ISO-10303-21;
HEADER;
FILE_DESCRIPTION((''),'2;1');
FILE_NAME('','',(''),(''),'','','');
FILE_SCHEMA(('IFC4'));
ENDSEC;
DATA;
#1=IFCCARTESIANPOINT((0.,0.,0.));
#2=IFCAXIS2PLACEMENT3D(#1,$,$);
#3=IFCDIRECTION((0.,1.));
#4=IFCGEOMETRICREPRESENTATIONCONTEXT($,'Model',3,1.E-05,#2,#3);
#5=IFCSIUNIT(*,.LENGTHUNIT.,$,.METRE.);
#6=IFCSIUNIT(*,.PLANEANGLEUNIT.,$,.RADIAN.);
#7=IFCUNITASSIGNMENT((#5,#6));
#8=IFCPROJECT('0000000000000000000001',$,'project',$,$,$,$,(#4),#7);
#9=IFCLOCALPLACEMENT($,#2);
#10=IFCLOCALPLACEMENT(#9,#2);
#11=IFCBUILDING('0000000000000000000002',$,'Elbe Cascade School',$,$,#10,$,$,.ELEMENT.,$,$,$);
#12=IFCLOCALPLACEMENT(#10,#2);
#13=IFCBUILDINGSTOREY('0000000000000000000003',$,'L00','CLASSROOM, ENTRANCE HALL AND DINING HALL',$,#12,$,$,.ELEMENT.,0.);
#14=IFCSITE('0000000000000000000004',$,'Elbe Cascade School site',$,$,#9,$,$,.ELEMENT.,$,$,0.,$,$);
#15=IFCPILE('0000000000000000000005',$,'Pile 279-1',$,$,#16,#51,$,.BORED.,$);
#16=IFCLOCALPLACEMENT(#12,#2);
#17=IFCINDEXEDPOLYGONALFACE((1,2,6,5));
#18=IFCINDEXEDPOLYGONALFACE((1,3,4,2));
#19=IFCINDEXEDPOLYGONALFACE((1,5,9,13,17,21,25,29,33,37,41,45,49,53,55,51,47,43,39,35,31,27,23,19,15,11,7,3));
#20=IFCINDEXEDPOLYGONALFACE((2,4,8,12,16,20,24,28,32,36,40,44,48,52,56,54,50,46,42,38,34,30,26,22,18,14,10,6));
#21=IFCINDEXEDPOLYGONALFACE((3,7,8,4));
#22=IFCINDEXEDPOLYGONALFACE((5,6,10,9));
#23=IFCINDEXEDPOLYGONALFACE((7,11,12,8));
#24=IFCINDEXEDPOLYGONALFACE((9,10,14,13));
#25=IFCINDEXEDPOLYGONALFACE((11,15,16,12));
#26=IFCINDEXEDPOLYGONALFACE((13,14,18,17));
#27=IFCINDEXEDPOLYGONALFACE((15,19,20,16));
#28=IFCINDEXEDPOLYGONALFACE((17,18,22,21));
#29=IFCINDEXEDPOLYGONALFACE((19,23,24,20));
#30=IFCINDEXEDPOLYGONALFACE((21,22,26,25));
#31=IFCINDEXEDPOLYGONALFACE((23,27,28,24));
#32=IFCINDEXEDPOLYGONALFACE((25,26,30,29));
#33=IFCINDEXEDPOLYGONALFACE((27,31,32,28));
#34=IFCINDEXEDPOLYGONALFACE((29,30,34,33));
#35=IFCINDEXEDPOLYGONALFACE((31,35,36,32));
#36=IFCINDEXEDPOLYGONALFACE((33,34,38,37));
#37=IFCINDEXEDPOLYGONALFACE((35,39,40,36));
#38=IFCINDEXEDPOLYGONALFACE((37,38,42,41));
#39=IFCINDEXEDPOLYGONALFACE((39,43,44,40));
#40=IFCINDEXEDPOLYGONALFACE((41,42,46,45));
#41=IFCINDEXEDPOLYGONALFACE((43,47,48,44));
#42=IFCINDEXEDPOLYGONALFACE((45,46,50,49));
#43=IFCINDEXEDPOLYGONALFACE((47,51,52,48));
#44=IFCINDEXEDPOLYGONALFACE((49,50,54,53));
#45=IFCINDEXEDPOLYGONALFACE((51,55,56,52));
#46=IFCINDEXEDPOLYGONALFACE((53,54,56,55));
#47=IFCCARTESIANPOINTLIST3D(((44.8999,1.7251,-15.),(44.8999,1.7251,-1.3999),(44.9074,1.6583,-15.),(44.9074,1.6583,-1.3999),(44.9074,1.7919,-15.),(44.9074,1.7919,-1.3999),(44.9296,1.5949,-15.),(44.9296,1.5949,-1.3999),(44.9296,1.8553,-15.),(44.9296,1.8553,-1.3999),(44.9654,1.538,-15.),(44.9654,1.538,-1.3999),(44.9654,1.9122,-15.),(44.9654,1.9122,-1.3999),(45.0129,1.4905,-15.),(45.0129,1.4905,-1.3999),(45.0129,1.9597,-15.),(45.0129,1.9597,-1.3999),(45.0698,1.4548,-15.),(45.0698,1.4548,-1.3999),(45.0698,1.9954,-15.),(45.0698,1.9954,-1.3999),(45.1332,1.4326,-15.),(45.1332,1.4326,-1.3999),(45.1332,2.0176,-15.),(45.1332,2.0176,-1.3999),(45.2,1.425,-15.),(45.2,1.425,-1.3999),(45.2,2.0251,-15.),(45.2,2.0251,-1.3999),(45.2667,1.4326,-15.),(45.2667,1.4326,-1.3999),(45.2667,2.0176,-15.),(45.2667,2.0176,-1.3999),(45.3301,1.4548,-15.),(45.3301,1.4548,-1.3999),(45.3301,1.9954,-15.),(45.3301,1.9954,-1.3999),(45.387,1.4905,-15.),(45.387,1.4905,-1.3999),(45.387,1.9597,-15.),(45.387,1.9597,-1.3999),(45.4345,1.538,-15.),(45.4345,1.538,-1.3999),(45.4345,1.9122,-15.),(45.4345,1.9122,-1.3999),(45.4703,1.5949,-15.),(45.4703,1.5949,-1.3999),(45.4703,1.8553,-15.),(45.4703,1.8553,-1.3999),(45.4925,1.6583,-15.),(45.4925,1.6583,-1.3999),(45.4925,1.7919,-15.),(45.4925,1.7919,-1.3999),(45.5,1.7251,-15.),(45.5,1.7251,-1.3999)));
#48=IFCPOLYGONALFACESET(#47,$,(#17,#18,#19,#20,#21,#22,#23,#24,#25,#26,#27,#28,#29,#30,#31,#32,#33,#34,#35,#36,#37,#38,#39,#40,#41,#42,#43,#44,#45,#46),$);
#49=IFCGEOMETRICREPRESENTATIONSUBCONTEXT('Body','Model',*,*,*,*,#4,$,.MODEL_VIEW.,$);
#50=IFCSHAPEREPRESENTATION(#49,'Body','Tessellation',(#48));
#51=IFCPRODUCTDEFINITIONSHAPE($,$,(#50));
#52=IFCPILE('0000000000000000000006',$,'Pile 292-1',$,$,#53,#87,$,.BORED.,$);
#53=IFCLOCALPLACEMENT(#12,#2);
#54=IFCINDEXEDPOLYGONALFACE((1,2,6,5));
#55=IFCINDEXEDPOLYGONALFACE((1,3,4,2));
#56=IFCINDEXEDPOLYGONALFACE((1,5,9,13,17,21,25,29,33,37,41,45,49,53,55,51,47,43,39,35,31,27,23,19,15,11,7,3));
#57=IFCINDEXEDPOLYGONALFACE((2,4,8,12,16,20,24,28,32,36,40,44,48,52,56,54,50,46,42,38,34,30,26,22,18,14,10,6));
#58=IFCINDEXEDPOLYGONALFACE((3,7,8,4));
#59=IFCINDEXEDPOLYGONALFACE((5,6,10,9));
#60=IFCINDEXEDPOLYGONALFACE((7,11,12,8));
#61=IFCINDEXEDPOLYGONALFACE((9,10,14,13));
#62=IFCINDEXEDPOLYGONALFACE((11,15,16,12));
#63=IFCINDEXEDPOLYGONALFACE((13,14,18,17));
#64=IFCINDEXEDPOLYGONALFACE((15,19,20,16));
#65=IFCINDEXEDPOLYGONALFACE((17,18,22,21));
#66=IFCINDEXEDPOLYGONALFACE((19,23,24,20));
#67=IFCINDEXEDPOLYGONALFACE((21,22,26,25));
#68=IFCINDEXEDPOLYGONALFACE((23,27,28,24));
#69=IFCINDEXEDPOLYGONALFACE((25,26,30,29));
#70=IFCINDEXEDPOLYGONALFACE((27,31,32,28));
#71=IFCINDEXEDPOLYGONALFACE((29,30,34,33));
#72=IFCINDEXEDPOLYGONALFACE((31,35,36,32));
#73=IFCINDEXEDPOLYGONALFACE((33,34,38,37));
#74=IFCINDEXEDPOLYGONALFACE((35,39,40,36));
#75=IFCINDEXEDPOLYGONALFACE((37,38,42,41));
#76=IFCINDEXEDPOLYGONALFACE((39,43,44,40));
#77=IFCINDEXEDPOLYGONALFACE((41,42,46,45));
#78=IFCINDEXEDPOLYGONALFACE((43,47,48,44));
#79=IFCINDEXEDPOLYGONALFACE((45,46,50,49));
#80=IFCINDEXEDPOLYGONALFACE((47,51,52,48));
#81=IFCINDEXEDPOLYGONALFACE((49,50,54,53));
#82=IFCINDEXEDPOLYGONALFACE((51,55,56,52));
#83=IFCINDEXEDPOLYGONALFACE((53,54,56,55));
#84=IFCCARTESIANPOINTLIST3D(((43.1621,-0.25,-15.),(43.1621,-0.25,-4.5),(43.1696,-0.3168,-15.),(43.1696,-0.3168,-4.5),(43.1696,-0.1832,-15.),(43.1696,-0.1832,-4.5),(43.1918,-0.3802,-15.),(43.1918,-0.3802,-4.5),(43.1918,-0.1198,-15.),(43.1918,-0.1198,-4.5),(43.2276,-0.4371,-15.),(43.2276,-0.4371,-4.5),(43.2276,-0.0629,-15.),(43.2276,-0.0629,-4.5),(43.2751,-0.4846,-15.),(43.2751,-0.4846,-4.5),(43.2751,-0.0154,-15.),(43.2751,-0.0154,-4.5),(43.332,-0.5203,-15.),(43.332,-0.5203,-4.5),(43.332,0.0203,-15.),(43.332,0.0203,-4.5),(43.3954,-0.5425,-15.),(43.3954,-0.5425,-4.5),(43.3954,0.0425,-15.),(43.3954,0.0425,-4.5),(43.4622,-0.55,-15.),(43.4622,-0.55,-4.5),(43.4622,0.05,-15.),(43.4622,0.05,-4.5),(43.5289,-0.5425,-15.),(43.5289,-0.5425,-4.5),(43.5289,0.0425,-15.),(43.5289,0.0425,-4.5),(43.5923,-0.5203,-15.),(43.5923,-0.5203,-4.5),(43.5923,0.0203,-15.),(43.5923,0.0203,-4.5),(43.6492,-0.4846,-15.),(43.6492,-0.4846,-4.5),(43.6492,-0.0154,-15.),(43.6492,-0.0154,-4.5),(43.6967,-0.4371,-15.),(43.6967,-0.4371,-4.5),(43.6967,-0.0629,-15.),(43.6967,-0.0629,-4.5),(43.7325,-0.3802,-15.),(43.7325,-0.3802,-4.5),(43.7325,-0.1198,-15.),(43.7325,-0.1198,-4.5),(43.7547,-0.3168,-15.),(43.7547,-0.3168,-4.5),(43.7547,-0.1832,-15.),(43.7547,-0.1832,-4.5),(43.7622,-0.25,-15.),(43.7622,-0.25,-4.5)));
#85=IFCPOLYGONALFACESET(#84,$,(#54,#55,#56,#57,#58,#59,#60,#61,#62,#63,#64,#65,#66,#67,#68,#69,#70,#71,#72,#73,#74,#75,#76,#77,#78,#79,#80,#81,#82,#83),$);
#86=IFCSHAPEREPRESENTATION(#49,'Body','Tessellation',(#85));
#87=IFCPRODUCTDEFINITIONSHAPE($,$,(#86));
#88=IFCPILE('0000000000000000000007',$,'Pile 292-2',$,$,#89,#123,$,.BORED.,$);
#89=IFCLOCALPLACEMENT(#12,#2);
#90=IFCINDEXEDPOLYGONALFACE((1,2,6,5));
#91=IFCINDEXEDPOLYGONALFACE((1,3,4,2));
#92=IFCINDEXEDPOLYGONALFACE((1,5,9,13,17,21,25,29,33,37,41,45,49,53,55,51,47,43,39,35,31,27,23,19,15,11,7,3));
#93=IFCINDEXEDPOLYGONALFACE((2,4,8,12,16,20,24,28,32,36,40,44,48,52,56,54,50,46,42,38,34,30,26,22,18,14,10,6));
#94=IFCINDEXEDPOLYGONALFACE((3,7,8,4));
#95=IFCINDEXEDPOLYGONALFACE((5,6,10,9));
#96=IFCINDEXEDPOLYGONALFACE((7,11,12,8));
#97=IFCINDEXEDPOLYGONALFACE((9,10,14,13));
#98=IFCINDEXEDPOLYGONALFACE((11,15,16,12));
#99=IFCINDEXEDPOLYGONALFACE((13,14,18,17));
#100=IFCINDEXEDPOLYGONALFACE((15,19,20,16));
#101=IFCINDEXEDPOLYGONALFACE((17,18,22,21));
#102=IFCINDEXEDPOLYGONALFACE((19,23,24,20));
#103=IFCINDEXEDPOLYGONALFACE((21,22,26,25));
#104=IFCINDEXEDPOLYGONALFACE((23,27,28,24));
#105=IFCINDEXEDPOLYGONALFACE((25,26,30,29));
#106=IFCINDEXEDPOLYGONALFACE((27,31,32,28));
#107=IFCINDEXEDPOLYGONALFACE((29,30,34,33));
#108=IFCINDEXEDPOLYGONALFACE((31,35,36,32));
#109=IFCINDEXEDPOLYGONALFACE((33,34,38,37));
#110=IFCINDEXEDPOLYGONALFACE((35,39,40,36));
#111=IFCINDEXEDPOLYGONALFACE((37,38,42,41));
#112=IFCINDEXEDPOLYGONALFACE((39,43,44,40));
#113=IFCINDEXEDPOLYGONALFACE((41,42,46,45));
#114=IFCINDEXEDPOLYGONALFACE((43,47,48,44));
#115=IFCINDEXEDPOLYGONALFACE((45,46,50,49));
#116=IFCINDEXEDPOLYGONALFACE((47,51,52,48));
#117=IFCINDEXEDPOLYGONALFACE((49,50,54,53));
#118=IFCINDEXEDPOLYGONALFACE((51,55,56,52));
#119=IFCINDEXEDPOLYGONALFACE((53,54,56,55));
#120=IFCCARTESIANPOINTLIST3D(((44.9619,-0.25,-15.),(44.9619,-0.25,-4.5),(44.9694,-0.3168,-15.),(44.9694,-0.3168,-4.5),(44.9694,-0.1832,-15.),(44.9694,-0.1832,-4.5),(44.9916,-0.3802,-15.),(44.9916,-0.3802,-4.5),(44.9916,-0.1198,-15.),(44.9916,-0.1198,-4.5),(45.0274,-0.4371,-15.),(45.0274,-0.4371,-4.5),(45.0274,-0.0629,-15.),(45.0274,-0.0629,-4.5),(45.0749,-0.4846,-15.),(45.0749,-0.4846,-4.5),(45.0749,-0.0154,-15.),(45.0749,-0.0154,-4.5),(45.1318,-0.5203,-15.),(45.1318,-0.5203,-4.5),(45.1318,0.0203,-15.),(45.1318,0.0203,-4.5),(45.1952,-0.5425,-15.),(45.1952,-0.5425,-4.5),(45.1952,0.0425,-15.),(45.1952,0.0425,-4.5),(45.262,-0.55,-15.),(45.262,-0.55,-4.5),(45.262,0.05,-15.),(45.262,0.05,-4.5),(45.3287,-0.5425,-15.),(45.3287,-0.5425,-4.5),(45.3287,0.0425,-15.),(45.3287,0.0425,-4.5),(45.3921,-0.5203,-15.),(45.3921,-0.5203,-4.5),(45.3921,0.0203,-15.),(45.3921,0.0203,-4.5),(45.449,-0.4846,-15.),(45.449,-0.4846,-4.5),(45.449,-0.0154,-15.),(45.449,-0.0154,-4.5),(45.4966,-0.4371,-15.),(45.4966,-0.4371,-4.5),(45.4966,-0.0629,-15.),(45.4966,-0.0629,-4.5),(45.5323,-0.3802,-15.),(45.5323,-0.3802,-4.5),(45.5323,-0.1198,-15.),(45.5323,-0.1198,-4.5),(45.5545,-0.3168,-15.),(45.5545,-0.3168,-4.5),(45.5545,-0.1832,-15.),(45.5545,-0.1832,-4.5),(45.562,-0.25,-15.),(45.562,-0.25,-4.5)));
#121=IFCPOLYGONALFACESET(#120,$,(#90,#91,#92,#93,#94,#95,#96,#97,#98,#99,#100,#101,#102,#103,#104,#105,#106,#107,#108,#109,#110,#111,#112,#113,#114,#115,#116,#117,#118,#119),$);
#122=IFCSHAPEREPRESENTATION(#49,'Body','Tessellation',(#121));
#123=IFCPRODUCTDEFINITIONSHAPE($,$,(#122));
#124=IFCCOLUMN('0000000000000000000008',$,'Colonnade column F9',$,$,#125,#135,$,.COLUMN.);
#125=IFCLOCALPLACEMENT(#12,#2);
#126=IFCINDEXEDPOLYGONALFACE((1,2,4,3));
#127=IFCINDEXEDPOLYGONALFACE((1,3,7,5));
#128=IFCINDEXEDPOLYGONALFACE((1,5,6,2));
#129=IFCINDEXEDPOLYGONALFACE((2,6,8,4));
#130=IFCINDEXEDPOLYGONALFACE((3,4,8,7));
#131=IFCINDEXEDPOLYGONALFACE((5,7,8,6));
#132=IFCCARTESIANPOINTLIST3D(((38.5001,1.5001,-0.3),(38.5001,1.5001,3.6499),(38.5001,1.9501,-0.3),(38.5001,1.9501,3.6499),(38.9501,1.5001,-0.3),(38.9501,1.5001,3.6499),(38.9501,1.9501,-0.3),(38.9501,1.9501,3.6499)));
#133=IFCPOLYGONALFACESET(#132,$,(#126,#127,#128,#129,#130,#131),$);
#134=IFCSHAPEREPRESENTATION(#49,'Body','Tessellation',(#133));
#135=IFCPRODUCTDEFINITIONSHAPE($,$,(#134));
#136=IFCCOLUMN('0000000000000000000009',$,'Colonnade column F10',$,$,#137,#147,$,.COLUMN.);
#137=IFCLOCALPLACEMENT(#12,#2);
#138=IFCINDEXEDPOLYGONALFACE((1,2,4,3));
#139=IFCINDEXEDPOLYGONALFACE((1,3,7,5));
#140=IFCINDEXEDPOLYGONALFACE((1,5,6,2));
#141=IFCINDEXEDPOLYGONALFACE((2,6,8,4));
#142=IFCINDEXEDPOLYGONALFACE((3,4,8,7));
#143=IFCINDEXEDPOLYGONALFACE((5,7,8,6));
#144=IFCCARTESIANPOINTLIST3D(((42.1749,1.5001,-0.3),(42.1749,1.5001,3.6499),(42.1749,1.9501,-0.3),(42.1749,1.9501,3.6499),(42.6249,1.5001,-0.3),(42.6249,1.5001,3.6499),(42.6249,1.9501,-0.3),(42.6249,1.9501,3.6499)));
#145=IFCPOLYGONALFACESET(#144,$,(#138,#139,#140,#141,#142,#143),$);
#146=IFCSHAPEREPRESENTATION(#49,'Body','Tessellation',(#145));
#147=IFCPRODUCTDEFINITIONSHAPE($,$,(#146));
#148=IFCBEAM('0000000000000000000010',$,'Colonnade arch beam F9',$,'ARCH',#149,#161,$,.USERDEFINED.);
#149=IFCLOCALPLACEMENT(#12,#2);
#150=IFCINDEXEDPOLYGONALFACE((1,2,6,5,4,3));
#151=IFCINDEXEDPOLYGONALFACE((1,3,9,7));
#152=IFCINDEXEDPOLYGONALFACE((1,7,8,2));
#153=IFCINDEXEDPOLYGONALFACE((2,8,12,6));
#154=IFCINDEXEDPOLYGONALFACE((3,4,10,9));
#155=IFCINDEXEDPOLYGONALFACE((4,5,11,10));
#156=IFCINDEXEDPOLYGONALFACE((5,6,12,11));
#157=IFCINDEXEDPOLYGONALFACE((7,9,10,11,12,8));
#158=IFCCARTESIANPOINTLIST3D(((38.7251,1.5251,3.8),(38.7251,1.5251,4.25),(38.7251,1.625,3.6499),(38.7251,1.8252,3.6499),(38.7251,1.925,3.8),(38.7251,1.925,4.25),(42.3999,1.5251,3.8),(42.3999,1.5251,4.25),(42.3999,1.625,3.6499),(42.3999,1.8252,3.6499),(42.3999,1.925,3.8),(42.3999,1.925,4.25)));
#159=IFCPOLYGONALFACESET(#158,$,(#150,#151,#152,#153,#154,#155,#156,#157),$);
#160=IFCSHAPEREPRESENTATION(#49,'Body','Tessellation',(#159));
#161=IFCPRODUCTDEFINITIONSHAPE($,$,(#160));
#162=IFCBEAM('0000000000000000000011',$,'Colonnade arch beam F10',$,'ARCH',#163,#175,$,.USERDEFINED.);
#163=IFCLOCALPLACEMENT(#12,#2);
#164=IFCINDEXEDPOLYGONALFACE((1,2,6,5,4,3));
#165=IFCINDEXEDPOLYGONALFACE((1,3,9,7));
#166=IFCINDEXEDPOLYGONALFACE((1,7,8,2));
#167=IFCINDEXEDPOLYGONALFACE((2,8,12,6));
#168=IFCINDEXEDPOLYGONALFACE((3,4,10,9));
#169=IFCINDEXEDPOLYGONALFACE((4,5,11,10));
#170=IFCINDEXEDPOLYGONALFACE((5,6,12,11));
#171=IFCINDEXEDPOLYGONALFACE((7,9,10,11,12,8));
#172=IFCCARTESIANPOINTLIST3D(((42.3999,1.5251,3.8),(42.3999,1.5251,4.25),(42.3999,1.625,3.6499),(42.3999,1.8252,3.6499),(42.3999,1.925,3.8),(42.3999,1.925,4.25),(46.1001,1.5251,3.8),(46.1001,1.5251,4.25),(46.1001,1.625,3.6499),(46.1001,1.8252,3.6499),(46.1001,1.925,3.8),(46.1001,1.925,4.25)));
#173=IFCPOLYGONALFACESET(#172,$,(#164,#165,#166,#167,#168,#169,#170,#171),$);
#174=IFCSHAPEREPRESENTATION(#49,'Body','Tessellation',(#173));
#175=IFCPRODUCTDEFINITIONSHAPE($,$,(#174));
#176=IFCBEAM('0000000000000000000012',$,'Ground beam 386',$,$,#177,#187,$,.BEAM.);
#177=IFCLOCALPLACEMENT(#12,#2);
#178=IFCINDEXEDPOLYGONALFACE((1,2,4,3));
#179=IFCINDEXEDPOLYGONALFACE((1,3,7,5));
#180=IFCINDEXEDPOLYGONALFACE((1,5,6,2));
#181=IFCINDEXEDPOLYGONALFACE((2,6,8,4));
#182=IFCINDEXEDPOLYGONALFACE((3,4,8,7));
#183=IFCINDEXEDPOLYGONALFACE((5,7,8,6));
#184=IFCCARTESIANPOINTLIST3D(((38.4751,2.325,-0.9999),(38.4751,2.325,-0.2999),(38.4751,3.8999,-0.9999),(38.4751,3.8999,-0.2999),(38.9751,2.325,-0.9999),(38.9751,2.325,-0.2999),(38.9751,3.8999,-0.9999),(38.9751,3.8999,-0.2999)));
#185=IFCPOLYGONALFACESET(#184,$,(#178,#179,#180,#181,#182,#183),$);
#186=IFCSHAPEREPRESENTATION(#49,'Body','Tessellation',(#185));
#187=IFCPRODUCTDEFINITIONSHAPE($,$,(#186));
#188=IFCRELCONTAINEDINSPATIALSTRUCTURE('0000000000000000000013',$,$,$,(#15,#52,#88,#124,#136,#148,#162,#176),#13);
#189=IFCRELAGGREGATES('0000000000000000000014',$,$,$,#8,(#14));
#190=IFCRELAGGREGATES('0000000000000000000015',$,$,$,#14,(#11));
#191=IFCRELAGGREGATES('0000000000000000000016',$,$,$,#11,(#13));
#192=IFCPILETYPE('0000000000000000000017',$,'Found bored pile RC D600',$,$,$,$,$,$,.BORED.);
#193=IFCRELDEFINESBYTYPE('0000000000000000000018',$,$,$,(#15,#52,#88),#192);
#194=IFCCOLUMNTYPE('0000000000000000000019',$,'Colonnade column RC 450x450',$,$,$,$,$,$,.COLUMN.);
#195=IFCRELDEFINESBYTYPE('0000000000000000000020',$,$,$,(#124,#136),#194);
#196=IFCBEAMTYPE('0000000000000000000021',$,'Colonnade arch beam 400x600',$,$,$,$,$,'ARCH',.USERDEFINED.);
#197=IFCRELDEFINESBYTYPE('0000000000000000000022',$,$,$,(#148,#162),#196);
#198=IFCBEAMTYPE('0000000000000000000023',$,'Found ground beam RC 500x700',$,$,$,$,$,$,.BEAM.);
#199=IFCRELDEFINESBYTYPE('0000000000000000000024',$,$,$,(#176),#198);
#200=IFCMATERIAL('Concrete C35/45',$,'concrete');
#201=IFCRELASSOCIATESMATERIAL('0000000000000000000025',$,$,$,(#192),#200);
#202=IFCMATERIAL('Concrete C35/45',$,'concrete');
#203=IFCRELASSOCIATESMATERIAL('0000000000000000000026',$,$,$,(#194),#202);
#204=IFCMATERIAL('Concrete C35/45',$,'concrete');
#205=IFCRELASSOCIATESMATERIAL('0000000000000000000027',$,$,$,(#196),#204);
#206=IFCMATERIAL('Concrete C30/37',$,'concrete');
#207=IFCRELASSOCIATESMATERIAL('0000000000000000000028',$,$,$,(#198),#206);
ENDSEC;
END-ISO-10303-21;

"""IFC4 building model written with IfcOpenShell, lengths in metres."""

from ifc_helpers import new_model, si_unit, direction, frame, origin, origin_2d, place, context, subcontext, project, spatial, polyline, rectangle, circle, outline, extrude, material, material_profile, profile_set, type_object, element, save


model = new_model("IFC4")

# Units and contexts
model_context = context("Model", 3, precision=1e-05, world=origin(), true_north=direction((0.0, 1.0)))
body_context = subcontext(model_context, "Body", "Model", "MODEL_VIEW")
ifc_project = project(units=[si_unit("LENGTHUNIT", "METRE"), si_unit("PLANEANGLEUNIT", "RADIAN")], contexts=[model_context])

# Site, building, storey
site_placement = place(None, origin())
site = spatial("IfcSite", under=ifc_project, at=site_placement, Name="Elbe Cascade School site", CompositionType="ELEMENT", RefElevation=0.0)
building_placement = place(site_placement, origin())
building = spatial("IfcBuilding", under=site, at=building_placement, Name="Elbe Cascade School", CompositionType="ELEMENT")
storey_placement = place(building_placement, origin())
storey = spatial("IfcBuildingStorey", under=building, at=storey_placement, Name="L00", Description="CLASSROOM, ENTRANCE HALL AND DINING HALL", CompositionType="ELEMENT", Elevation=0.0)

# Piles
ifc_material_1 = material(Name="Concrete C35/45", Category="concrete")
ifc_material_profile_1 = material_profile(ifc_material_1, circle(Radius=0.3, at=origin_2d()), Name="RC D600")
ifc_profile_set_1 = profile_set([ifc_material_profile_1], Name="Concrete C35/45")
pile_type = type_object("IfcPileType", Name="Found bored pile RC D600", PredefinedType="BORED", material=ifc_profile_set_1)
for number, where, z_axis, x_axis, name in (
    (1, (45.2, 1.7251, -1.3999), (0.0, 0.0, -1.0), (1.0, 0.0, 0.0), "Pile 279-1"),
):
    element("IfcPile", number, at=place(storey_placement, frame(where, z_axis=z_axis, x_axis=x_axis)), inside=storey, type_object=pile_type, Name=name, PredefinedType="BORED", context=body_context, shape_type="SweptSolid", body=[
        extrude(circle(Radius=0.3, at=origin_2d()), origin(), (0.0, 0.0, 1.0), 13.6001),
    ])
for number, where, z_axis, x_axis, name in (
    (2, (43.4622, -0.25, -4.5), (0.0, 0.0, -1.0), (1.0, 0.0, 0.0), "Pile 292-1"),
    (3, (45.262, -0.25, -4.5), (0.0, 0.0, -1.0), (1.0, 0.0, 0.0), "Pile 292-2"),
):
    element("IfcPile", number, at=place(storey_placement, frame(where, z_axis=z_axis, x_axis=x_axis)), inside=storey, type_object=pile_type, Name=name, PredefinedType="BORED", context=body_context, shape_type="SweptSolid", body=[
        extrude(circle(Radius=0.3, at=origin_2d()), origin(), (0.0, 0.0, 1.0), 10.5),
    ])

# Columns
ifc_material_2 = material(Name="Concrete C35/45", Category="concrete")
ifc_material_profile_2 = material_profile(ifc_material_2, rectangle(XDim=0.45, YDim=0.45, at=origin_2d()), Name="RC 450x450")
ifc_profile_set_2 = profile_set([ifc_material_profile_2], Name="Concrete C35/45")
column_type = type_object("IfcColumnType", Name="Colonnade column RC 450x450", PredefinedType="COLUMN", material=ifc_profile_set_2)
for number, where, z_axis, x_axis, name in (
    (4, (38.7251, 1.7251, -0.3), (0.0, 0.0, 1.0), (1.0, 0.0, 0.0), "Colonnade column F9"),
    (5, (42.3999, 1.7251, -0.3), (0.0, 0.0, 1.0), (1.0, 0.0, 0.0), "Colonnade column F10"),
):
    element("IfcColumn", number, at=place(storey_placement, frame(where, z_axis=z_axis, x_axis=x_axis)), inside=storey, type_object=column_type, Name=name, PredefinedType="COLUMN", context=body_context, shape_type="SweptSolid", body=[
        extrude(rectangle(XDim=0.45, YDim=0.45, at=origin_2d()), origin(), (0.0, 0.0, 1.0), 3.95),
    ])

# Beams
ifc_material_3 = material(Name="Concrete C35/45", Category="concrete")
ifc_material_profile_3 = material_profile(ifc_material_3, outline(polyline([(-0.2, 0.3), (0.2, 0.3), (0.2, -0.1499), (0.1001, -0.3), (-0.1001, -0.3), (-0.2, -0.1499), (-0.2, 0.3)])), Name="RC arch 400x600")
ifc_profile_set_3 = profile_set([ifc_material_profile_3], Name="Concrete C35/45")
beam_type_1 = type_object("IfcBeamType", Name="Colonnade arch beam 400x600", ElementType="ARCH", PredefinedType="USERDEFINED", material=ifc_profile_set_3)
beam_1_placement = place(storey_placement, frame((38.7251, 1.7251, 3.95), z_axis=(1.0, 0.0, 0.0), x_axis=(0.0, 1.0, 0.0)))
element("IfcBeam", 6, at=beam_1_placement, inside=storey, type_object=beam_type_1, Name="Colonnade arch beam F9", ObjectType="ARCH", PredefinedType="USERDEFINED", context=body_context, shape_type="SweptSolid", body=[
    extrude(outline(polyline([(-0.2, 0.3), (0.2, 0.3), (0.2, -0.1499), (0.1001, -0.3), (-0.1001, -0.3), (-0.2, -0.1499), (-0.2, 0.3)])), origin(), (0.0, 0.0, 1.0), 3.6748),
])
beam_2_placement = place(storey_placement, frame((42.3999, 1.7251, 3.95), z_axis=(1.0, 0.0, 0.0), x_axis=(0.0, 1.0, 0.0)))
element("IfcBeam", 7, at=beam_2_placement, inside=storey, type_object=beam_type_1, Name="Colonnade arch beam F10", ObjectType="ARCH", PredefinedType="USERDEFINED", context=body_context, shape_type="SweptSolid", body=[
    extrude(outline(polyline([(-0.2, 0.3), (0.2, 0.3), (0.2, -0.1499), (0.1001, -0.3), (-0.1001, -0.3), (-0.2, -0.1499), (-0.2, 0.3)])), origin(), (0.0, 0.0, 1.0), 3.7002),
])
ifc_material_4 = material(Name="Concrete C30/37", Category="concrete")
ifc_material_profile_4 = material_profile(ifc_material_4, rectangle(XDim=0.5, YDim=0.7, at=origin_2d()), Name="RC 500x700")
ifc_profile_set_4 = profile_set([ifc_material_profile_4], Name="Concrete C30/37")
beam_type_2 = type_object("IfcBeamType", Name="Found ground beam RC 500x700", PredefinedType="BEAM", material=ifc_profile_set_4)
beam_3_placement = place(storey_placement, frame((38.7251, 2.325, -0.6499), z_axis=(0.0, 1.0, 0.0), x_axis=(-1.0, 0.0, 0.0)))
element("IfcBeam", 8, at=beam_3_placement, inside=storey, type_object=beam_type_2, Name="Ground beam 386", PredefinedType="BEAM", context=body_context, shape_type="SweptSolid", body=[
    extrude(rectangle(XDim=0.5, YDim=0.7, at=origin_2d()), origin(), (0.0, 0.0, 1.0), 1.575),
])

save(model, "model.ifc")
